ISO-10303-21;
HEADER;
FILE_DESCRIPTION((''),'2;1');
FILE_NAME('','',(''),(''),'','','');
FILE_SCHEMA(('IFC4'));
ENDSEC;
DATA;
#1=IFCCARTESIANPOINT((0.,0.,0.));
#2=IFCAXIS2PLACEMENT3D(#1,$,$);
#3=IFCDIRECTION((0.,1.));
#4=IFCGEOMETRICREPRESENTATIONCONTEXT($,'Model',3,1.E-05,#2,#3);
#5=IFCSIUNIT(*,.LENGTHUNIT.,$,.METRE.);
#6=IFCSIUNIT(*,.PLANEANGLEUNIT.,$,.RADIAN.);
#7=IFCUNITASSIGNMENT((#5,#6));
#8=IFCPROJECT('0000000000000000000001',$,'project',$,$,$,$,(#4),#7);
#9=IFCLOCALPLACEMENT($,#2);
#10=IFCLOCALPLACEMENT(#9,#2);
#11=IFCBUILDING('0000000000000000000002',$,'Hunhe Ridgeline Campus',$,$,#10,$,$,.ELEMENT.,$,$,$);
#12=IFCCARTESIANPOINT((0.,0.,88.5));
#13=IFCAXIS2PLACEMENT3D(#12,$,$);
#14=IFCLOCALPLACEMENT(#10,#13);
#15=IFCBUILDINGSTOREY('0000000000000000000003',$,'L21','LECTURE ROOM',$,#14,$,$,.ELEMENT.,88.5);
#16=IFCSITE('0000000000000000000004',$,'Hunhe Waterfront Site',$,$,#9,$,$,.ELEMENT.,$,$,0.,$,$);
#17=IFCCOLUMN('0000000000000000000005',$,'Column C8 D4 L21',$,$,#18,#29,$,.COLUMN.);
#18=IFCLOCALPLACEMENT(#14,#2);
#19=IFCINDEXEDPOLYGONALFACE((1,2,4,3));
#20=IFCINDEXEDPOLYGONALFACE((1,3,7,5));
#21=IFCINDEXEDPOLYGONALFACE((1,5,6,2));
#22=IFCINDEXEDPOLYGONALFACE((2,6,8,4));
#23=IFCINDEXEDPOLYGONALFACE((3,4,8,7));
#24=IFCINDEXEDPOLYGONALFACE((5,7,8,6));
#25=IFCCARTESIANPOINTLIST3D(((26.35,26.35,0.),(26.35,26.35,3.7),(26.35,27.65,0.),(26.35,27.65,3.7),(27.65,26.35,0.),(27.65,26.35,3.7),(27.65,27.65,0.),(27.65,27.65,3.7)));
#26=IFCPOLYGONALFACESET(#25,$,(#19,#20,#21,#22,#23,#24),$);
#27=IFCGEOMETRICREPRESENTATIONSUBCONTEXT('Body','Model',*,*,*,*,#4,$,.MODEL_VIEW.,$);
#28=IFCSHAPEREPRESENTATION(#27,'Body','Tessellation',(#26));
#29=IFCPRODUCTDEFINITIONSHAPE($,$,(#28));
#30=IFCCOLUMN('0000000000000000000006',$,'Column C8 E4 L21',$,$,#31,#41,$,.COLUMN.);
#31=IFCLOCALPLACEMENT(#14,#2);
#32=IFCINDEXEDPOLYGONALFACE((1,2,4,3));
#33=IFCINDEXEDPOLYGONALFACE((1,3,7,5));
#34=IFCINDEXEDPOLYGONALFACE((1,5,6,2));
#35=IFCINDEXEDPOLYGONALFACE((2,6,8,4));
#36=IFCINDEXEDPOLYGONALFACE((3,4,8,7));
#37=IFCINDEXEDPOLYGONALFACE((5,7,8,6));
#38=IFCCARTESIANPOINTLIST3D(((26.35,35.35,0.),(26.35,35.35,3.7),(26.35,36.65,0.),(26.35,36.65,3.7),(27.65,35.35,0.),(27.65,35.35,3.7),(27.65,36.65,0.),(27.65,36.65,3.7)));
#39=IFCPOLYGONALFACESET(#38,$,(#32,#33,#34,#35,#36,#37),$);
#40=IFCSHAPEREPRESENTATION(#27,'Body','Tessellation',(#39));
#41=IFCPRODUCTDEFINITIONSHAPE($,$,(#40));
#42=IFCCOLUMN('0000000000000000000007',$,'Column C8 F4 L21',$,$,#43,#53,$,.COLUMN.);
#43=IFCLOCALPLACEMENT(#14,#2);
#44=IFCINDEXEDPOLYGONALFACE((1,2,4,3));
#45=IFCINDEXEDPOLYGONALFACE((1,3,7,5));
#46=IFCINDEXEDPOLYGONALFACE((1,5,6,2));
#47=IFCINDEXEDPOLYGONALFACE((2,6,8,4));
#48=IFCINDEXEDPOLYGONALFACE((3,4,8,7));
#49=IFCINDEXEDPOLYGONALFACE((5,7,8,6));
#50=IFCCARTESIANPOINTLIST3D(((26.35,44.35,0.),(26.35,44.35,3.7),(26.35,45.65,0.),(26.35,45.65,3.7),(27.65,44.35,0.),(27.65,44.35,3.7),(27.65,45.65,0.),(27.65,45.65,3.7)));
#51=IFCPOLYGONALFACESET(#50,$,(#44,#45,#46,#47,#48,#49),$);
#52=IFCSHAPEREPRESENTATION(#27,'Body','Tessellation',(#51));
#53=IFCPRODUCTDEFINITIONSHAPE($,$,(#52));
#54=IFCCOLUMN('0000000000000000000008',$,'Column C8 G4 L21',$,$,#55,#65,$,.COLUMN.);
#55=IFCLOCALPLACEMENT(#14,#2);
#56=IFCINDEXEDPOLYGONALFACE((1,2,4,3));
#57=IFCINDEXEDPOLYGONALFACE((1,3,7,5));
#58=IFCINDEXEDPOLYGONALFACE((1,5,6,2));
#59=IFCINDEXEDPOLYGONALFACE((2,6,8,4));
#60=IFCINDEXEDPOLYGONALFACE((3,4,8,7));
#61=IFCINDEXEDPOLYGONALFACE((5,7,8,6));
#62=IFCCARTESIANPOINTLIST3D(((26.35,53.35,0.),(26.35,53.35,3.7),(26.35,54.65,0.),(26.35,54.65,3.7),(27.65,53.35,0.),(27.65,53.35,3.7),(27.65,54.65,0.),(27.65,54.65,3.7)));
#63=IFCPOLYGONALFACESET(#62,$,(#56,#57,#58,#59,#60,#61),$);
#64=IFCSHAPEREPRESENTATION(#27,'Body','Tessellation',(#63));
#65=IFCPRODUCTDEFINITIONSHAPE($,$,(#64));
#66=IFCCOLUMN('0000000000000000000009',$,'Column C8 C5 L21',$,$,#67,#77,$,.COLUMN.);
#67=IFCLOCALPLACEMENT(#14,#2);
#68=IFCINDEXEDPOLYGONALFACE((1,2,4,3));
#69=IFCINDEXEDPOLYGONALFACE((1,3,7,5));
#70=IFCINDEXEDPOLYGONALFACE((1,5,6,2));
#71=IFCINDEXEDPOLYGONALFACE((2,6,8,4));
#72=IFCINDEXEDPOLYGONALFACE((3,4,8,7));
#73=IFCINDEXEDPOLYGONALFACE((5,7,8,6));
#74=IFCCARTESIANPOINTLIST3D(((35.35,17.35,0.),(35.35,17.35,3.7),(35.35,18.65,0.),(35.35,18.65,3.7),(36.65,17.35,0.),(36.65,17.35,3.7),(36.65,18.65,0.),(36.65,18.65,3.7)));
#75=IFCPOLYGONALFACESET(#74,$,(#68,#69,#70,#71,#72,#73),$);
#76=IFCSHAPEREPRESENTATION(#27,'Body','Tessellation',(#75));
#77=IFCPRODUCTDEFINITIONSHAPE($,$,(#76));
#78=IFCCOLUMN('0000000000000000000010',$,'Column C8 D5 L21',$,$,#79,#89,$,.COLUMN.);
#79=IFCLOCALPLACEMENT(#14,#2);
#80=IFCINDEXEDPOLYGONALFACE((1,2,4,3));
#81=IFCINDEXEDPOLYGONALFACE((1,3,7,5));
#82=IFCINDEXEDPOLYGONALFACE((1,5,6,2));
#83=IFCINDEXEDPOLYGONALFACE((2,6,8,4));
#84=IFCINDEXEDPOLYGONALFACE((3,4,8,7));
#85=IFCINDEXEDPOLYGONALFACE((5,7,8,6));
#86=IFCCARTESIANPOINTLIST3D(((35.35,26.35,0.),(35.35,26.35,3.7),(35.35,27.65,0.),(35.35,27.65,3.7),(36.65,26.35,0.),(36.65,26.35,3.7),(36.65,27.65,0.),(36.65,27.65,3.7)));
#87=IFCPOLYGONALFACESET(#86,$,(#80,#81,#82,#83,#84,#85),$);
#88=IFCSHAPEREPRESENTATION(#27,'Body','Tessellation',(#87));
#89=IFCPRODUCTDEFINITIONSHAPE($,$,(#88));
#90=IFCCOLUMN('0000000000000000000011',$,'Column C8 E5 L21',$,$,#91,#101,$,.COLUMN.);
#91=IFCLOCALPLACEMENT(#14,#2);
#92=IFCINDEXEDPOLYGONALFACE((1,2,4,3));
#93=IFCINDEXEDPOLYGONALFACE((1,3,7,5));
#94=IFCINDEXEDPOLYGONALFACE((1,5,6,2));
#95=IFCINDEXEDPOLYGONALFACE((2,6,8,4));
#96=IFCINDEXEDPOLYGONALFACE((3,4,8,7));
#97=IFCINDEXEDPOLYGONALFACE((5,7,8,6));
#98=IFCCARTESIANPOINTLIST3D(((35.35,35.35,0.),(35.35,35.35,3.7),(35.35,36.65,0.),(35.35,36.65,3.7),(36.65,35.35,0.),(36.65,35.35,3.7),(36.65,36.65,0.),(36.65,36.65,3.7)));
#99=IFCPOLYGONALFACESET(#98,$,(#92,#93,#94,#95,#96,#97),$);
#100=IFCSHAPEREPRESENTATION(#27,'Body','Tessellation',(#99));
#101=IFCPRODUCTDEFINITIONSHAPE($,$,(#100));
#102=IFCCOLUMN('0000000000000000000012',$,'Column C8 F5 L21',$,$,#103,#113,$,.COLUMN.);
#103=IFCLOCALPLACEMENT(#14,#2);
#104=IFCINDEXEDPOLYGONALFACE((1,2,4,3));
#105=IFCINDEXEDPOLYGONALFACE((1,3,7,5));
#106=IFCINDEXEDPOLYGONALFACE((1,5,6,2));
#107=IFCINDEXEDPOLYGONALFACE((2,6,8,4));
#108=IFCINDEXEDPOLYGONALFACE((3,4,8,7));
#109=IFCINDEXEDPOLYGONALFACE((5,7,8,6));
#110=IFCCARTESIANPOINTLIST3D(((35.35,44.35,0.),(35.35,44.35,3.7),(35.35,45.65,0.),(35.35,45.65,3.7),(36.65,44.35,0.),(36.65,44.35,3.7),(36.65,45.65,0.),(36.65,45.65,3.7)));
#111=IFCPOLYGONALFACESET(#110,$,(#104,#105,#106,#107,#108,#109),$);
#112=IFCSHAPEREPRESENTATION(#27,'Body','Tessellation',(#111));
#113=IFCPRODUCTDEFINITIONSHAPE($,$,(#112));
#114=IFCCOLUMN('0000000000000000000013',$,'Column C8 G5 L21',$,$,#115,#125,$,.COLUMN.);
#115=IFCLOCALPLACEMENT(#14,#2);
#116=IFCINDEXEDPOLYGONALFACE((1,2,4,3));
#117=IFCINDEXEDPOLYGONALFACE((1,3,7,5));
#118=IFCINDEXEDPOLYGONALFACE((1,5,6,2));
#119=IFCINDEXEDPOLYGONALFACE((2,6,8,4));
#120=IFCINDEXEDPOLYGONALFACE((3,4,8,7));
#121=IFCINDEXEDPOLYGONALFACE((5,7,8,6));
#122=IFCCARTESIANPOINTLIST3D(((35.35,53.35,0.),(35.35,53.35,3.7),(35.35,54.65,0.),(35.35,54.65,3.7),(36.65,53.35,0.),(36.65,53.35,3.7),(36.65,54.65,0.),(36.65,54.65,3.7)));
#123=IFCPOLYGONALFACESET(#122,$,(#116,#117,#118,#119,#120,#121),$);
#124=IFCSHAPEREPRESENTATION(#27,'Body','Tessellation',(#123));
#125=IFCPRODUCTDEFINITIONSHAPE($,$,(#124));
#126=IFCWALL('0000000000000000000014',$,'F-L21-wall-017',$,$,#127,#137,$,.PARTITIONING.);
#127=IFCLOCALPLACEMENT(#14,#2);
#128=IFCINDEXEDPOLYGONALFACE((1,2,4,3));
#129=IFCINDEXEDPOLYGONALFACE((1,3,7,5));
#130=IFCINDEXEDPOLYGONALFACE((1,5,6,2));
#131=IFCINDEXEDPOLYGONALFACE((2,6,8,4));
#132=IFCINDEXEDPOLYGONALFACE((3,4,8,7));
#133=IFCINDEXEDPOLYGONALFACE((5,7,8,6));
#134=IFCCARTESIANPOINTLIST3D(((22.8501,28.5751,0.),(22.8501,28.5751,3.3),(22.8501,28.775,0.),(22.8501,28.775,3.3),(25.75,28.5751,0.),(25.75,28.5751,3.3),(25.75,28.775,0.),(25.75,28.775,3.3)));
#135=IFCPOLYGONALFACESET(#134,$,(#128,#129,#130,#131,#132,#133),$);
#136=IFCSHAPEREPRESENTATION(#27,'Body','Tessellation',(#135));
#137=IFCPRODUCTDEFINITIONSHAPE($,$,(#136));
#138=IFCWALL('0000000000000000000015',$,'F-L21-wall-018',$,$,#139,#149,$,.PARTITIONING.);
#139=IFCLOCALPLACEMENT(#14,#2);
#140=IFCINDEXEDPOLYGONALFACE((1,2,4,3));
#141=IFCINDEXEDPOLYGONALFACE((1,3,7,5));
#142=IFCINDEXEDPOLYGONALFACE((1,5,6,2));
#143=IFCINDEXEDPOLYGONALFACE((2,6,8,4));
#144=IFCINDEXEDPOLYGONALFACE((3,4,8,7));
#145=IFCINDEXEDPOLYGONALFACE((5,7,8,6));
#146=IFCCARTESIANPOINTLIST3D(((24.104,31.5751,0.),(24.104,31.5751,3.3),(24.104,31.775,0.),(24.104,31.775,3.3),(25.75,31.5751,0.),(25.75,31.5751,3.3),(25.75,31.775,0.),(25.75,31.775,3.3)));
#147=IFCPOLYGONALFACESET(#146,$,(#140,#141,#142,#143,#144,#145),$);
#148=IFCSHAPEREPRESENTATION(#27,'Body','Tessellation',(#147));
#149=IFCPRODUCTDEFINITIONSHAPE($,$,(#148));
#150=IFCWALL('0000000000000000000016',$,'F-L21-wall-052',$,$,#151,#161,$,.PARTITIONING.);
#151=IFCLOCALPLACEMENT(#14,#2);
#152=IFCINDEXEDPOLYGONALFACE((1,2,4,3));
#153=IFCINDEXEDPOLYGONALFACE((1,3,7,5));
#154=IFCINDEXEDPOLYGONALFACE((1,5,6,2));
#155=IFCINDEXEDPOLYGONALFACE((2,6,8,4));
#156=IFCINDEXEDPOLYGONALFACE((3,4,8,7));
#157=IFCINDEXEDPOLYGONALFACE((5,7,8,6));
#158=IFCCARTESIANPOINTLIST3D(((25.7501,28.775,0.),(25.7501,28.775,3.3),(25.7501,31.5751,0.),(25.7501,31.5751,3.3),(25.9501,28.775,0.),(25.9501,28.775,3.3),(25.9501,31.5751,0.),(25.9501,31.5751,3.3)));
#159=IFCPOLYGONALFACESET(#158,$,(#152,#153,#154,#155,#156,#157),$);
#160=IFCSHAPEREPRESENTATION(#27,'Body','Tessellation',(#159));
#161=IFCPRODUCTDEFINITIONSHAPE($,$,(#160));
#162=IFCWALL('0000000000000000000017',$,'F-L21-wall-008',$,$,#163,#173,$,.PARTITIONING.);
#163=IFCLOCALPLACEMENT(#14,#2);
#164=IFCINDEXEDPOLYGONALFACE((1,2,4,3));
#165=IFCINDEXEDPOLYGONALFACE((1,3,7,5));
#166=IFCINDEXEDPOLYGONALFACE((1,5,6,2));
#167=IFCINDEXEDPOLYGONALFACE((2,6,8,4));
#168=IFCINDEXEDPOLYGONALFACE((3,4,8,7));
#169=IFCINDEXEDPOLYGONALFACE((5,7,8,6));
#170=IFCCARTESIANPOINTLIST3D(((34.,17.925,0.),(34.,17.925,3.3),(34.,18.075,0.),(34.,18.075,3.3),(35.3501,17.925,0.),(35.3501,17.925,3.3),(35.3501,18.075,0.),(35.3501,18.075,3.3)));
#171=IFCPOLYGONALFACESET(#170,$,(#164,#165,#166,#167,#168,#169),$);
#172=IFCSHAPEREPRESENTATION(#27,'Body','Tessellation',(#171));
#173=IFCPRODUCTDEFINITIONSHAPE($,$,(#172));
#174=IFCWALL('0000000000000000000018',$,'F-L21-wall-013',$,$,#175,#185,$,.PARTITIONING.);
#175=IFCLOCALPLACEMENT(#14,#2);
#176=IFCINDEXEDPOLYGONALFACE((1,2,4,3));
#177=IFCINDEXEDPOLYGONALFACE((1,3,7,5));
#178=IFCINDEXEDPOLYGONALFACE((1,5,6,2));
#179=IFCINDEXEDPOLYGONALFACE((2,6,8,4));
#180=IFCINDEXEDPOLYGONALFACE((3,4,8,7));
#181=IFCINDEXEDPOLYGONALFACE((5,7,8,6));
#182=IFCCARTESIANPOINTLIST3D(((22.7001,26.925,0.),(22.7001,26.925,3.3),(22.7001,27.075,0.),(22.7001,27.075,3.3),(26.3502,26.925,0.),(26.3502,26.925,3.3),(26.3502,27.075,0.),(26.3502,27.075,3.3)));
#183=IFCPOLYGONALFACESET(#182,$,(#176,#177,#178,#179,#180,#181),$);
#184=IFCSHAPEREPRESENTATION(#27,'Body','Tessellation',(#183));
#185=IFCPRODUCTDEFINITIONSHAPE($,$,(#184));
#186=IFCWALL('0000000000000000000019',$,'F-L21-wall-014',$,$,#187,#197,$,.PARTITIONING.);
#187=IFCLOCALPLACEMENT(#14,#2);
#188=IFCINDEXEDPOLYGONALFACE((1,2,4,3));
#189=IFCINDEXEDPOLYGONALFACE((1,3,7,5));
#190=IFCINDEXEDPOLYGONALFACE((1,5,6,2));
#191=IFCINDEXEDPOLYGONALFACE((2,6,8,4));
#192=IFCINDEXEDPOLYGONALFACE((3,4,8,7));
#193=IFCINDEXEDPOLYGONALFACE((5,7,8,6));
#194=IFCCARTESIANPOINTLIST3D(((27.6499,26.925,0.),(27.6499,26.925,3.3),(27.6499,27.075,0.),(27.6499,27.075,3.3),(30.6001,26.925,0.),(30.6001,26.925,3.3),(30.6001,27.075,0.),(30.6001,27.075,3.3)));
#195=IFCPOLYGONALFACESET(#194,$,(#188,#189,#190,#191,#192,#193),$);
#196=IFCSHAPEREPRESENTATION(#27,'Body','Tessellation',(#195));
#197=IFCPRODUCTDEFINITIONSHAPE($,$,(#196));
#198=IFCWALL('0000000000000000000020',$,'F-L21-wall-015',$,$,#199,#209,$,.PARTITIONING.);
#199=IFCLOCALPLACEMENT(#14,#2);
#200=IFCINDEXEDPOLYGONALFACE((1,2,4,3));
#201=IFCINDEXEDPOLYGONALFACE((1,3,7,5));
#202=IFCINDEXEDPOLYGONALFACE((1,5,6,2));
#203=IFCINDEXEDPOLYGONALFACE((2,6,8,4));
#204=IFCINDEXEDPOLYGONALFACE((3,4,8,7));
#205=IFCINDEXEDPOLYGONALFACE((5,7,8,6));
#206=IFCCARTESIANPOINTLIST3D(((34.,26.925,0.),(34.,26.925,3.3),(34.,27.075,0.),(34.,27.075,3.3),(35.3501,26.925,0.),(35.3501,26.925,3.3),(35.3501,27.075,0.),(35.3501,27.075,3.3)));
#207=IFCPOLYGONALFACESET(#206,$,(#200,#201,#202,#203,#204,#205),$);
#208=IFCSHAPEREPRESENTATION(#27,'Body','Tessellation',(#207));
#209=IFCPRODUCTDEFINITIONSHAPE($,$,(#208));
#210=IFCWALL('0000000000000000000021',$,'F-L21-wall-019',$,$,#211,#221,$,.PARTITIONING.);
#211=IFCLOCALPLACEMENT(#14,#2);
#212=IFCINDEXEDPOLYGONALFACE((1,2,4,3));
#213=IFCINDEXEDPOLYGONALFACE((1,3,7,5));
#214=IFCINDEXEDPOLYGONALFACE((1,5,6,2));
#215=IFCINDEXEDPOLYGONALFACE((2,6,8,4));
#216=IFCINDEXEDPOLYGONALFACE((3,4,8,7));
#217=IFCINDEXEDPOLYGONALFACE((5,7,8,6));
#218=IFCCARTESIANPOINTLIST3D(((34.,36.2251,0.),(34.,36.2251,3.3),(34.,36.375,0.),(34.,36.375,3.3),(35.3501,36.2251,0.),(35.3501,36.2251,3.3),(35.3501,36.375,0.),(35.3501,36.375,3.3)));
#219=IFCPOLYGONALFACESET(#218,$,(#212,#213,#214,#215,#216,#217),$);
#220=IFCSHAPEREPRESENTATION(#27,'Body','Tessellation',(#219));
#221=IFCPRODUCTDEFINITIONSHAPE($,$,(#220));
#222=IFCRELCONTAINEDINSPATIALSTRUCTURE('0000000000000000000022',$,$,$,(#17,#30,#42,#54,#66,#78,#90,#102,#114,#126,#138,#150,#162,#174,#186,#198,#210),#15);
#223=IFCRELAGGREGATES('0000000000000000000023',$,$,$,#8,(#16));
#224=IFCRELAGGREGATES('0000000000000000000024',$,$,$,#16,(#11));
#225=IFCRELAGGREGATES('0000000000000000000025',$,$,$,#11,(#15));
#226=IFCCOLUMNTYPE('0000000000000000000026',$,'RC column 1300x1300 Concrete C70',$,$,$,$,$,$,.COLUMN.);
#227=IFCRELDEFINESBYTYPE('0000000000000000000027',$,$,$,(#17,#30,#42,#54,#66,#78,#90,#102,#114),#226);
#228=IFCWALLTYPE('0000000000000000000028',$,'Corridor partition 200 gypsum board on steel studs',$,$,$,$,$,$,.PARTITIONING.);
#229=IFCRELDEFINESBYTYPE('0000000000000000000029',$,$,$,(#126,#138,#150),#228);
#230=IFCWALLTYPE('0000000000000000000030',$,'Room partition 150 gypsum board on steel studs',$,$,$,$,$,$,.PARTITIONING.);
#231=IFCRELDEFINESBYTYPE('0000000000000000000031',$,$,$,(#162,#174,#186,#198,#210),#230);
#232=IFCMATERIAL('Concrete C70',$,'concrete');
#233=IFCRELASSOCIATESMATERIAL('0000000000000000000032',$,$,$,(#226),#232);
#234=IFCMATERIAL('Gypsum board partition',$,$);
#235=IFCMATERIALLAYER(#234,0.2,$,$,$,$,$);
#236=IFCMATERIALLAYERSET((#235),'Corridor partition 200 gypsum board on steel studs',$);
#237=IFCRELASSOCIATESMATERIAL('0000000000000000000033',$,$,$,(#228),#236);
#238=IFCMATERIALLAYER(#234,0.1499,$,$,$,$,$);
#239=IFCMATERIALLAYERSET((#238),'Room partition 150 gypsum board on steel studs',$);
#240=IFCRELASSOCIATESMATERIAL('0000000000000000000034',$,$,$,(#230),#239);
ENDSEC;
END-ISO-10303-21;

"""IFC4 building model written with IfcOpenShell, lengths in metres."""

from ifc_helpers import new_model, si_unit, direction, frame, frame_2d, origin, origin_2d, place, context, subcontext, project, spatial, rectangle, extrude, material, layer, layer_set, material_profile, profile_set, type_object, element, save


model = new_model("IFC4")

# Units and contexts
model_context = context("Model", 3, precision=1e-05, world=origin(), true_north=direction((0.0, 1.0)))
body_context = subcontext(model_context, "Body", "Model", "MODEL_VIEW")
ifc_project = project(units=[si_unit("LENGTHUNIT", "METRE"), si_unit("PLANEANGLEUNIT", "RADIAN")], contexts=[model_context])

# Site, building, storey
site_placement = place(None, origin())
site = spatial("IfcSite", under=ifc_project, at=site_placement, Name="Hunhe Waterfront Site", CompositionType="ELEMENT", RefElevation=0.0)
building_placement = place(site_placement, origin())
building = spatial("IfcBuilding", under=site, at=building_placement, Name="Hunhe Ridgeline Campus", CompositionType="ELEMENT")
storey_placement = place(building_placement, frame((0.0, 0.0, 88.5)))
storey = spatial("IfcBuildingStorey", under=building, at=storey_placement, Name="L21", Description="LECTURE ROOM", CompositionType="ELEMENT", Elevation=88.5)

# Columns
ifc_material_1 = material(Name="Concrete C70", Category="concrete")
ifc_material_profile = material_profile(ifc_material_1, rectangle(XDim=1.3, YDim=1.3, at=origin_2d()))
ifc_profile_set = profile_set([ifc_material_profile], Name="Concrete C70")
column_type = type_object("IfcColumnType", Name="RC column 1300x1300 Concrete C70", PredefinedType="COLUMN", material=ifc_profile_set)
for number, where, z_axis, x_axis, name in (
    (1, (27.0, 27.0, 0.0), (0.0, 0.0, 1.0), (1.0, 0.0, 0.0), "Column C8 D4 L21"),
    (2, (27.0, 36.0, 0.0), (0.0, 0.0, 1.0), (1.0, 0.0, 0.0), "Column C8 E4 L21"),
    (3, (27.0, 45.0, 0.0), (0.0, 0.0, 1.0), (1.0, 0.0, 0.0), "Column C8 F4 L21"),
    (4, (27.0, 54.0, 0.0), (0.0, 0.0, 1.0), (1.0, 0.0, 0.0), "Column C8 G4 L21"),
    (5, (36.0, 18.0, 0.0), (0.0, 0.0, 1.0), (1.0, 0.0, 0.0), "Column C8 C5 L21"),
    (6, (36.0, 27.0, 0.0), (0.0, 0.0, 1.0), (1.0, 0.0, 0.0), "Column C8 D5 L21"),
    (7, (36.0, 36.0, 0.0), (0.0, 0.0, 1.0), (1.0, 0.0, 0.0), "Column C8 E5 L21"),
    (8, (36.0, 45.0, 0.0), (0.0, 0.0, 1.0), (1.0, 0.0, 0.0), "Column C8 F5 L21"),
    (9, (36.0, 54.0, 0.0), (0.0, 0.0, 1.0), (1.0, 0.0, 0.0), "Column C8 G5 L21"),
):
    element("IfcColumn", number, at=place(storey_placement, frame(where, z_axis=z_axis, x_axis=x_axis)), inside=storey, type_object=column_type, Name=name, PredefinedType="COLUMN", context=body_context, shape_type="SweptSolid", body=[
        extrude(rectangle(XDim=1.3, YDim=1.3, at=origin_2d()), origin(), (0.0, 0.0, 1.0), 3.7),
    ])

# Walls
ifc_material_2 = material(Name="Gypsum board partition")
ifc_layer_1 = layer(ifc_material_2, 0.2)
ifc_layer_set_1 = layer_set([ifc_layer_1], Name="Corridor partition 200 gypsum board on steel studs")
wall_type_1 = type_object("IfcWallType", Name="Corridor partition 200 gypsum board on steel studs", PredefinedType="PARTITIONING", material=ifc_layer_set_1)
wall_1_placement = place(storey_placement, frame((25.75, 28.675, 0.0), z_axis=(0.0, 0.0, 1.0), x_axis=(-1.0, 0.0, 0.0)))
element("IfcWall", 10, at=wall_1_placement, inside=storey, type_object=wall_type_1, Name="F-L21-wall-017", PredefinedType="PARTITIONING", context=body_context, shape_type="SweptSolid", body=[
    extrude(rectangle(XDim=2.8999, YDim=0.2, at=frame_2d((1.45, 0.0))), origin(), (0.0, 0.0, 1.0), 3.3),
])
wall_2_placement = place(storey_placement, frame((24.104, 31.675, 0.0), z_axis=(0.0, 0.0, 1.0), x_axis=(1.0, 0.0, 0.0)))
element("IfcWall", 11, at=wall_2_placement, inside=storey, type_object=wall_type_1, Name="F-L21-wall-018", PredefinedType="PARTITIONING", context=body_context, shape_type="SweptSolid", body=[
    extrude(rectangle(XDim=1.646, YDim=0.2, at=frame_2d((0.823, 0.0))), origin(), (0.0, 0.0, 1.0), 3.3),
])

# Walls
wall_3_placement = place(storey_placement, frame((25.8501, 31.575, 0.0), z_axis=(0.0, 0.0, 1.0), x_axis=(0.0, -1.0, 0.0)))
element("IfcWall", 12, at=wall_3_placement, inside=storey, type_object=wall_type_1, Name="F-L21-wall-052", PredefinedType="PARTITIONING", context=body_context, shape_type="SweptSolid", body=[
    extrude(rectangle(XDim=2.8, YDim=0.2, at=frame_2d((1.3999, 0.0))), origin(), (0.0, 0.0, 1.0), 3.3),
])
ifc_layer_2 = layer(ifc_material_2, 0.1499)
ifc_layer_set_2 = layer_set([ifc_layer_2], Name="Room partition 150 gypsum board on steel studs")
wall_type_2 = type_object("IfcWallType", Name="Room partition 150 gypsum board on steel studs", PredefinedType="PARTITIONING", material=ifc_layer_set_2)
wall_4_placement = place(storey_placement, frame((34.0, 18.0, 0.0), z_axis=(0.0, 0.0, 1.0), x_axis=(1.0, 0.0, 0.0)))
element("IfcWall", 13, at=wall_4_placement, inside=storey, type_object=wall_type_2, Name="F-L21-wall-008", PredefinedType="PARTITIONING", context=body_context, shape_type="SweptSolid", body=[
    extrude(rectangle(XDim=1.3501, YDim=0.1499, at=frame_2d((0.675, 0.0))), origin(), (0.0, 0.0, 1.0), 3.3),
])
wall_5_placement = place(storey_placement, frame((22.7, 27.0, 0.0), z_axis=(0.0, 0.0, 1.0), x_axis=(1.0, 0.0, 0.0)))
element("IfcWall", 14, at=wall_5_placement, inside=storey, type_object=wall_type_2, Name="F-L21-wall-013", PredefinedType="PARTITIONING", context=body_context, shape_type="SweptSolid", body=[
    extrude(rectangle(XDim=3.6501, YDim=0.1499, at=frame_2d((1.8252, 0.0))), origin(), (0.0, 0.0, 1.0), 3.3),
])
wall_6_placement = place(storey_placement, frame((27.6499, 27.0, 0.0), z_axis=(0.0, 0.0, 1.0), x_axis=(1.0, 0.0, 0.0)))
element("IfcWall", 15, at=wall_6_placement, inside=storey, type_object=wall_type_2, Name="F-L21-wall-014", PredefinedType="PARTITIONING", context=body_context, shape_type="SweptSolid", body=[
    extrude(rectangle(XDim=2.9502, YDim=0.1499, at=frame_2d((1.4751, 0.0))), origin(), (0.0, 0.0, 1.0), 3.3),
])
for number, where, z_axis, x_axis, name in (
    (16, (34.0, 27.0, 0.0), (0.0, 0.0, 1.0), (1.0, 0.0, 0.0), "F-L21-wall-015"),
    (17, (34.0, 36.3, 0.0), (0.0, 0.0, 1.0), (1.0, 0.0, 0.0), "F-L21-wall-019"),
):
    element("IfcWall", number, at=place(storey_placement, frame(where, z_axis=z_axis, x_axis=x_axis)), inside=storey, type_object=wall_type_2, Name=name, PredefinedType="PARTITIONING", context=body_context, shape_type="SweptSolid", body=[
        extrude(rectangle(XDim=1.3501, YDim=0.1499, at=frame_2d((0.675, 0.0))), origin(), (0.0, 0.0, 1.0), 3.3),
    ])

save(model, "model.ifc")
